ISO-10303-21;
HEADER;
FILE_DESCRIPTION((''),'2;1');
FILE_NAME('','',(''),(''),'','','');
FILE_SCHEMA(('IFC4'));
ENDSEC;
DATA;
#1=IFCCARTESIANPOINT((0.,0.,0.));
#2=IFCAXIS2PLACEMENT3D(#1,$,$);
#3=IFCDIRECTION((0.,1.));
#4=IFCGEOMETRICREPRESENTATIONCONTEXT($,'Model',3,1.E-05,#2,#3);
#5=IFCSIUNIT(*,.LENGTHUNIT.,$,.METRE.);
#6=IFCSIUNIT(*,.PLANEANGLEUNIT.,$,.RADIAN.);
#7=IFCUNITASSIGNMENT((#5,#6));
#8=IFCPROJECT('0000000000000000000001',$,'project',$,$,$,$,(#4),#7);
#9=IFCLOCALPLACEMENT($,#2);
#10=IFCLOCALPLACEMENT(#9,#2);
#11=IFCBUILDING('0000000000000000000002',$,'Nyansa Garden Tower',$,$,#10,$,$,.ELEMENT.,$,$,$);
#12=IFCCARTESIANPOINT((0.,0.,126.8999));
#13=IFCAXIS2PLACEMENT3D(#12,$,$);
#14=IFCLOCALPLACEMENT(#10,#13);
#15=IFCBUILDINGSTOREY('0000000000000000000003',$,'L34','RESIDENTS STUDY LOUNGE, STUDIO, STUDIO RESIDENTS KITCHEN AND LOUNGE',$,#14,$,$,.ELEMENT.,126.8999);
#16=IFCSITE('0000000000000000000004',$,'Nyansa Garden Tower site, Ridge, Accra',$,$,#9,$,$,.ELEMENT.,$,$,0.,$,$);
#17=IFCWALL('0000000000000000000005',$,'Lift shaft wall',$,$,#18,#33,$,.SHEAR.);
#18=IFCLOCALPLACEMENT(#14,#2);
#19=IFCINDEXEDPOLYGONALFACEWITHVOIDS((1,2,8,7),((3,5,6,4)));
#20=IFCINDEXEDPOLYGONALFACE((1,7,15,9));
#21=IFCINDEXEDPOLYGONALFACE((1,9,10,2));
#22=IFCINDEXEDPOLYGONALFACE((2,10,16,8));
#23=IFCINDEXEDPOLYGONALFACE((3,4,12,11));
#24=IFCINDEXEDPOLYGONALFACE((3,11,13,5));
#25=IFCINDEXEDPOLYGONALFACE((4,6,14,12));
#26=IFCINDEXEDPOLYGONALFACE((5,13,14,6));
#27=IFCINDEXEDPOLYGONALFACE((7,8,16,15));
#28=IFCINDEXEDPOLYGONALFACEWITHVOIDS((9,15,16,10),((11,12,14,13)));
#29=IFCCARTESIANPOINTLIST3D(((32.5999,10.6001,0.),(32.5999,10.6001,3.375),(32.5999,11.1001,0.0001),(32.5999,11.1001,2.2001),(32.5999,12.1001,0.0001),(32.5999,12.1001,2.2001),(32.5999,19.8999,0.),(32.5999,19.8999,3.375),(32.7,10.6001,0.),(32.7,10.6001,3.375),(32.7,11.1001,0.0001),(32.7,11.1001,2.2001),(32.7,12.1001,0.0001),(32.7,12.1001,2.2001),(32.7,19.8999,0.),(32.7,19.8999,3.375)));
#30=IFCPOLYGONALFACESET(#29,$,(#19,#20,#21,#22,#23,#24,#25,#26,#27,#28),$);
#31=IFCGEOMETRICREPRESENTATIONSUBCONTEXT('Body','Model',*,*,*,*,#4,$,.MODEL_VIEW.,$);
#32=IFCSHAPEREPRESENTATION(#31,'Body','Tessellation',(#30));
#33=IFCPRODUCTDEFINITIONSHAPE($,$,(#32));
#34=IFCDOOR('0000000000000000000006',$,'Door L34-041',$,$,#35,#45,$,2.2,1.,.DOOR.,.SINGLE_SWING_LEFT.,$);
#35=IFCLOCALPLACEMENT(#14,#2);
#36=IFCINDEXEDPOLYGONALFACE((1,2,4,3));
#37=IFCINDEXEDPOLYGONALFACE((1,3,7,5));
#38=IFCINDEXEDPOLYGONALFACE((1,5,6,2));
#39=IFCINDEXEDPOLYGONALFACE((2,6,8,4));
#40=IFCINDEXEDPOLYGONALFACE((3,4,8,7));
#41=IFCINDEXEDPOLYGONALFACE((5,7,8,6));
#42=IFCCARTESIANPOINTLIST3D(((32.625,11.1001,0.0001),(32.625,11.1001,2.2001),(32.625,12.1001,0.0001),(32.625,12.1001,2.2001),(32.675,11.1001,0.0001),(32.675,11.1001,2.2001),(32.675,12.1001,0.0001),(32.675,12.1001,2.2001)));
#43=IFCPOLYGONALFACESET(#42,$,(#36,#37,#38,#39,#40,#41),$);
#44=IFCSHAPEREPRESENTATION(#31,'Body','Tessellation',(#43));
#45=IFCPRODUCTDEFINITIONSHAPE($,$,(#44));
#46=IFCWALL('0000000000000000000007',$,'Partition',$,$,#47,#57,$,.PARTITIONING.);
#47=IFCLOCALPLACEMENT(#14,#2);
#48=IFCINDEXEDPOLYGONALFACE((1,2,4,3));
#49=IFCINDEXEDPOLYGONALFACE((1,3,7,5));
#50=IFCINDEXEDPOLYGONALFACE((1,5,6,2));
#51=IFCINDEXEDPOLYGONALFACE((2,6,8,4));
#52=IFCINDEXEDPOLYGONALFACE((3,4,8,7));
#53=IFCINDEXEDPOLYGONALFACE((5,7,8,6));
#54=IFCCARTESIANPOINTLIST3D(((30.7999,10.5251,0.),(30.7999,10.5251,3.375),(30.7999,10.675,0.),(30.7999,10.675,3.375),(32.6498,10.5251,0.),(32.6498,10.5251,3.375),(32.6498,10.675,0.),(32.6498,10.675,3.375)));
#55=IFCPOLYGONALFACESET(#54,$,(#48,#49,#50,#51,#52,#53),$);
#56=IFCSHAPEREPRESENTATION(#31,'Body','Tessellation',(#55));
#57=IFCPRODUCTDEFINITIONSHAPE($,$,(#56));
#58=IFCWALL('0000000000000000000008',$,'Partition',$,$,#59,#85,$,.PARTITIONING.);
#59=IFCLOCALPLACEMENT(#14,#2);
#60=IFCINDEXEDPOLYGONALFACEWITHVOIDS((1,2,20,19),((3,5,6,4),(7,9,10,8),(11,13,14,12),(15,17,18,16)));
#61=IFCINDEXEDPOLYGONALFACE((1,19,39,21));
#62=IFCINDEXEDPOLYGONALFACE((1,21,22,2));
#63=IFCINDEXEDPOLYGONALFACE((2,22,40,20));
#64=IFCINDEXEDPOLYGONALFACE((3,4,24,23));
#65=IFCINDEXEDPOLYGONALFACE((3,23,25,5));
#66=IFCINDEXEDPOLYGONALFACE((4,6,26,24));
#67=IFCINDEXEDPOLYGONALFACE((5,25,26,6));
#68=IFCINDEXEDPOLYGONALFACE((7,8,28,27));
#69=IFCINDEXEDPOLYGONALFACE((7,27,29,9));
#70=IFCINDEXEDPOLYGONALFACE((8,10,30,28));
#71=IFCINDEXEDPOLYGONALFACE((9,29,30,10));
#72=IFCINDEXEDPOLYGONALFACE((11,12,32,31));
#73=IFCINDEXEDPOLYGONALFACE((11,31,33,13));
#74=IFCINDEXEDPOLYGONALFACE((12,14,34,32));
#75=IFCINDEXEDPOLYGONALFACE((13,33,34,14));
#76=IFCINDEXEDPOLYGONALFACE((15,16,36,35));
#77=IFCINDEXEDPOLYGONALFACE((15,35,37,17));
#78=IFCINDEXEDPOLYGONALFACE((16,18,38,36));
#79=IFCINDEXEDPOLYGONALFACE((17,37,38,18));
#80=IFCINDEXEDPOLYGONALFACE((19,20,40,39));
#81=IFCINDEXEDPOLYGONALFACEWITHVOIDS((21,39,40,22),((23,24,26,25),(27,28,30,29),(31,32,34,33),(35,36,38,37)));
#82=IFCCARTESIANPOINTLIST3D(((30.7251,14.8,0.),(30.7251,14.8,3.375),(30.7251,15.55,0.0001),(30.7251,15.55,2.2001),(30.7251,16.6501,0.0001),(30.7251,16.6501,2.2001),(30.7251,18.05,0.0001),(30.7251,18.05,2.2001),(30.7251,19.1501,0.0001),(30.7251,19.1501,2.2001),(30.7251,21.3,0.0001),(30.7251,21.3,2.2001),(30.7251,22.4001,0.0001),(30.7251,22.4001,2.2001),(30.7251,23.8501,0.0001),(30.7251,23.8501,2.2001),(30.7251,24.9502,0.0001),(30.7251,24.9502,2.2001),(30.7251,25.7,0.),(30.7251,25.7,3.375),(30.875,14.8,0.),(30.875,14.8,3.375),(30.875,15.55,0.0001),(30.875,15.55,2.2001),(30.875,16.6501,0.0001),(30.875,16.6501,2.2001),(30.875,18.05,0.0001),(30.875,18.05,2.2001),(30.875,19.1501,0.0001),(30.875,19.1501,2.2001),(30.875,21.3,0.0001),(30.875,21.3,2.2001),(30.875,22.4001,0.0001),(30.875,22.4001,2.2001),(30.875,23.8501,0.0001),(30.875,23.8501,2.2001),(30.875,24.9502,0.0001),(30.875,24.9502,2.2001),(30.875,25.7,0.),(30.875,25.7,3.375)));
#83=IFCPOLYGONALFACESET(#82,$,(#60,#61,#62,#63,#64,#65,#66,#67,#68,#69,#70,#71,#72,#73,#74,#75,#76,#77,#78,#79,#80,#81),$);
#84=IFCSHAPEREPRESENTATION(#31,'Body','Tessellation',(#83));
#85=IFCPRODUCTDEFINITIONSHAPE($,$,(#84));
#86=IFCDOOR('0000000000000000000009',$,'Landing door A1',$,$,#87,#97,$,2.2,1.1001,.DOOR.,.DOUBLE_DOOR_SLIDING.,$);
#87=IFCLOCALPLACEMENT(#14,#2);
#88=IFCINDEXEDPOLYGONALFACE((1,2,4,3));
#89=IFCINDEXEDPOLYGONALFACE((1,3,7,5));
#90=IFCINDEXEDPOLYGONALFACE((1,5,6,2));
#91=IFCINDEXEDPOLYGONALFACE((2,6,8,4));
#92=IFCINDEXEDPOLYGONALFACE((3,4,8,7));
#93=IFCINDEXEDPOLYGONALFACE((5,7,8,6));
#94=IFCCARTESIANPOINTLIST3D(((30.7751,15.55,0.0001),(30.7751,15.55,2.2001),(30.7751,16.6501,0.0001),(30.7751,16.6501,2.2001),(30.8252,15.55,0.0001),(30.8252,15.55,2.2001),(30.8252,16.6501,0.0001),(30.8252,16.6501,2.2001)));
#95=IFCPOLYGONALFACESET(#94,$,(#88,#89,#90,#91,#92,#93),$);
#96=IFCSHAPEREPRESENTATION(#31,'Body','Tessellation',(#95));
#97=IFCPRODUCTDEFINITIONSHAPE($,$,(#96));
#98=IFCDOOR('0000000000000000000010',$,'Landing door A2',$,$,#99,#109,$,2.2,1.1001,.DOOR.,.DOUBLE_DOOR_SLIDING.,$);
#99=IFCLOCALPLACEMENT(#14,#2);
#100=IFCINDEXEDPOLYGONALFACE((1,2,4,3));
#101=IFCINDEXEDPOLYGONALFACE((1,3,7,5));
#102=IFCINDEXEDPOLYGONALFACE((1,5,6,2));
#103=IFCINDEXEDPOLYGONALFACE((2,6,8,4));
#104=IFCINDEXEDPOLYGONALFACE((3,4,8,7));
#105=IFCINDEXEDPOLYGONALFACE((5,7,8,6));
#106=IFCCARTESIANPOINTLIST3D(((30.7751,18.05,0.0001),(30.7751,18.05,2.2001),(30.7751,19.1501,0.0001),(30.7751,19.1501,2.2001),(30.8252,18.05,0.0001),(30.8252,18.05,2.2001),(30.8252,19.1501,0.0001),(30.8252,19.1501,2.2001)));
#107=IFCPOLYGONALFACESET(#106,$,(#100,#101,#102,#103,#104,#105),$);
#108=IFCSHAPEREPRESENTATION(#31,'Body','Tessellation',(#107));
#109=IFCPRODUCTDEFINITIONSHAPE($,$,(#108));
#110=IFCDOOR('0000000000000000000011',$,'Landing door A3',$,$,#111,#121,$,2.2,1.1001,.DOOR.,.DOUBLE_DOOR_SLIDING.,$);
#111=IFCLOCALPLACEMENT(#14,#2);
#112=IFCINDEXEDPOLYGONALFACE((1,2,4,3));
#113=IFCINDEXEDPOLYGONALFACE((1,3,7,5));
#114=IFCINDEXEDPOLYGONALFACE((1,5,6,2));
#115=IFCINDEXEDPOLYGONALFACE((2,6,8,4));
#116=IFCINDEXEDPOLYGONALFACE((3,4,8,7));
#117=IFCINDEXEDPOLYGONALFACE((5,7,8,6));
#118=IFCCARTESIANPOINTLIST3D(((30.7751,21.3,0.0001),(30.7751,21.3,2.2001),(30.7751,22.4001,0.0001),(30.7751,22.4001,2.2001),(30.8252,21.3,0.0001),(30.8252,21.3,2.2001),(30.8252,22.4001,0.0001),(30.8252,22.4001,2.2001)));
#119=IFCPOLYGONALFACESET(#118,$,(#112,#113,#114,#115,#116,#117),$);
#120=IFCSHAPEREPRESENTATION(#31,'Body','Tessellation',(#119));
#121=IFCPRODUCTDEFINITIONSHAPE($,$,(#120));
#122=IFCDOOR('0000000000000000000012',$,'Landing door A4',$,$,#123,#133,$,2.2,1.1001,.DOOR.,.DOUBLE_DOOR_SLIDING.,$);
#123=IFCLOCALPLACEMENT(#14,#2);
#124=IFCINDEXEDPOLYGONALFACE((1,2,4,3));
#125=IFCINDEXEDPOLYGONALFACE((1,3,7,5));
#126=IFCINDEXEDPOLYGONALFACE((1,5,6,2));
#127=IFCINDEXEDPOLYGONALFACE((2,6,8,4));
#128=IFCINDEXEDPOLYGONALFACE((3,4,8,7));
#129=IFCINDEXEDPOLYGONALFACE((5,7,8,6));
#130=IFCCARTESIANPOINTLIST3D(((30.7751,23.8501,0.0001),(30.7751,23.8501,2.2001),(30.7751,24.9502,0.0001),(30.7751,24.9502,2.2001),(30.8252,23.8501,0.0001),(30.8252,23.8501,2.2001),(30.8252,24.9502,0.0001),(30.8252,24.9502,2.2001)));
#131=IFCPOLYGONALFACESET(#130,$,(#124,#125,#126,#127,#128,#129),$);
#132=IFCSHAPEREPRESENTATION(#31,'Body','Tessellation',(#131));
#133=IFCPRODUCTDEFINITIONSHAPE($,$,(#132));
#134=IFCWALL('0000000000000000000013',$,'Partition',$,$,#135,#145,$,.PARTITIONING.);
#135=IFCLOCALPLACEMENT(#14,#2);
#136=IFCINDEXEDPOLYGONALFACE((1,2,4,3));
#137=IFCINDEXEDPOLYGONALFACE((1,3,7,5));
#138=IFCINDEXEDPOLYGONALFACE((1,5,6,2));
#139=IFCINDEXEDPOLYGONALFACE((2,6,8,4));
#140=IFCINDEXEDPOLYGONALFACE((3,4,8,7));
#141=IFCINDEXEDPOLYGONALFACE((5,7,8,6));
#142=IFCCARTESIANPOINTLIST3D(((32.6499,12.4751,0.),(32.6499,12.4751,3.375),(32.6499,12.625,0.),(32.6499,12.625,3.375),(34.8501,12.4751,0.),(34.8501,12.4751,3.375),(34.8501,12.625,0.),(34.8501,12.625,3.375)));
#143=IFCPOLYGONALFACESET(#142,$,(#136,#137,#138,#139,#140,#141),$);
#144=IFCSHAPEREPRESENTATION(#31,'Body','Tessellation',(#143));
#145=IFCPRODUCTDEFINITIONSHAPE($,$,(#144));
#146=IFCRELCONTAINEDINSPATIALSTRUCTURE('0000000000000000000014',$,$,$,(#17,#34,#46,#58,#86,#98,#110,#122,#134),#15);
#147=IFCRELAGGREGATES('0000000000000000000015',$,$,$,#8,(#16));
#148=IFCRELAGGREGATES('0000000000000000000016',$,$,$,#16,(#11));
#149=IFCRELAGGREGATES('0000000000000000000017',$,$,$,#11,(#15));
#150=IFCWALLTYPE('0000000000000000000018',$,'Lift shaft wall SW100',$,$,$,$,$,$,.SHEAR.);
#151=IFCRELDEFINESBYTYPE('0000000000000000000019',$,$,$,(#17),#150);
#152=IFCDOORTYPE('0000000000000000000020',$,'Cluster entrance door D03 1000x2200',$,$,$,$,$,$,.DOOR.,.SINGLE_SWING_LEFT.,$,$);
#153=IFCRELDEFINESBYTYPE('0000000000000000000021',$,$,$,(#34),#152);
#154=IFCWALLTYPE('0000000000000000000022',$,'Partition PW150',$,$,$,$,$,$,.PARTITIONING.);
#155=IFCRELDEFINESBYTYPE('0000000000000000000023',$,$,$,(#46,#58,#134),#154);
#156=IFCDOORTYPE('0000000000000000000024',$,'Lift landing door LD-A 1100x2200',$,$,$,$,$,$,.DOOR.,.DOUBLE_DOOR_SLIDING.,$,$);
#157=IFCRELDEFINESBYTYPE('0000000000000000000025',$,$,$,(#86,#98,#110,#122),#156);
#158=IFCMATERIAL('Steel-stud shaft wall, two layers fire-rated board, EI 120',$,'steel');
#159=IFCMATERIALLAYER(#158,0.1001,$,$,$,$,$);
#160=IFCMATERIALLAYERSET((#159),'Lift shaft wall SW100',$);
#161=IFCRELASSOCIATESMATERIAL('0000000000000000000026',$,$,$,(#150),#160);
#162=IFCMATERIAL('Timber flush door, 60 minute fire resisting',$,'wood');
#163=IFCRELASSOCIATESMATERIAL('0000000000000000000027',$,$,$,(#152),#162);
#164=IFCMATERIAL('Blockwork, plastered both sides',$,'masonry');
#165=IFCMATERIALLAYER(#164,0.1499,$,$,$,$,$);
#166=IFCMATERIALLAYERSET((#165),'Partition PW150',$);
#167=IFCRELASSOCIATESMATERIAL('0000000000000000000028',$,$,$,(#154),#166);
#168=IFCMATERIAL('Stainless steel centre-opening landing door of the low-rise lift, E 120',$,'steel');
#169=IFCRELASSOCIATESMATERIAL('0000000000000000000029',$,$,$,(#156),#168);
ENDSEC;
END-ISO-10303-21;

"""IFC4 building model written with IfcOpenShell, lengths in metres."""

from ifc_helpers import new_model, si_unit, direction, frame, frame_2d, origin, place, context, subcontext, project, spatial, rectangle, extrude, material, layer, layer_set, type_object, element, fill, save


model = new_model("IFC4")

# Units and contexts
model_context = context("Model", 3, precision=1e-05, world=origin(), true_north=direction((0.0, 1.0)))
body_context = subcontext(model_context, "Body", "Model", "MODEL_VIEW")
ifc_project = project(units=[si_unit("LENGTHUNIT", "METRE"), si_unit("PLANEANGLEUNIT", "RADIAN")], contexts=[model_context])

# Site, building, storey
site_placement = place(None, origin())
site = spatial("IfcSite", under=ifc_project, at=site_placement, Name="Nyansa Garden Tower site, Ridge, Accra", CompositionType="ELEMENT", RefElevation=0.0)
building_placement = place(site_placement, origin())
building = spatial("IfcBuilding", under=site, at=building_placement, Name="Nyansa Garden Tower", CompositionType="ELEMENT")
storey_placement = place(building_placement, frame((0.0, 0.0, 126.8999)))
storey = spatial("IfcBuildingStorey", under=building, at=storey_placement, Name="L34", Description="RESIDENTS STUDY LOUNGE, STUDIO, STUDIO RESIDENTS KITCHEN AND LOUNGE", CompositionType="ELEMENT", Elevation=126.8999)

# Shared definitions
ifc_material_1 = material(Name="Steel-stud shaft wall, two layers fire-rated board, EI 120", Category="steel")
ifc_layer_1 = layer(ifc_material_1, 0.1001)
ifc_layer_set_1 = layer_set([ifc_layer_1], Name="Lift shaft wall SW100")
wall_type_1 = type_object("IfcWallType", Name="Lift shaft wall SW100", PredefinedType="SHEAR", material=ifc_layer_set_1)

# Wall, opening, door
wall_1_placement = place(storey_placement, frame((32.6499, 10.6001, 0.0), z_axis=(0.0, 0.0, 1.0), x_axis=(0.0, 1.0, 0.0)))
wall_1 = element("IfcWall", 1, at=wall_1_placement, inside=storey, type_object=wall_type_1, Name="Lift shaft wall", PredefinedType="SHEAR", context=body_context, shape_type="SweptSolid", body=[
    extrude(rectangle(XDim=9.2998, YDim=0.1001, at=frame_2d((4.6499, 0.0))), origin(), (0.0, 0.0, 1.0), 3.375),
])
opening_1_placement = place(wall_1_placement, frame((0.5, 0.0, 0.0)))
opening_1 = element("IfcOpeningElement", 2, at=opening_1_placement, cuts=wall_1, PredefinedType="OPENING", context=body_context, shape_type="SweptSolid", body=[
    extrude(rectangle(XDim=1.0, YDim=2.2, at=frame_2d((0.5, 1.1001))), frame((0.0, 0.0601, 0.0), z_axis=(0.0, -1.0, 0.0), x_axis=(1.0, 0.0, 0.0)), (0.0, 0.0, 1.0), 0.1201),
])
ifc_material_2 = material(Name="Timber flush door, 60 minute fire resisting", Category="wood")
door_type_1 = type_object("IfcDoorType", Name="Cluster entrance door D03 1000x2200", OperationType="SINGLE_SWING_LEFT", PredefinedType="DOOR", material=ifc_material_2)
door_1_placement = place(opening_1_placement, origin())
door_1 = element("IfcDoor", 3, at=door_1_placement, inside=storey, type_object=door_type_1, Name="Door L34-041", OperationType="SINGLE_SWING_LEFT", OverallHeight=2.2, OverallWidth=1.0, PredefinedType="DOOR", context=body_context, shape_type="SweptSolid", body=[
    extrude(rectangle(XDim=1.0, YDim=2.2, at=frame_2d((0.5, 1.1001))), frame((0.0, 0.0249, 0.0), z_axis=(0.0, -1.0, 0.0), x_axis=(1.0, 0.0, 0.0)), (0.0, 0.0, 1.0), 0.05),
])
fill(opening_1, door_1)

# Wall
ifc_material_3 = material(Name="Blockwork, plastered both sides", Category="masonry")
ifc_layer_2 = layer(ifc_material_3, 0.1499)
ifc_layer_set_2 = layer_set([ifc_layer_2], Name="Partition PW150")
wall_type_2 = type_object("IfcWallType", Name="Partition PW150", PredefinedType="PARTITIONING", material=ifc_layer_set_2)
wall_2_placement = place(storey_placement, frame((30.8, 10.6001, 0.0), z_axis=(0.0, 0.0, 1.0), x_axis=(1.0, 0.0, 0.0)))
element("IfcWall", 4, at=wall_2_placement, inside=storey, type_object=wall_type_2, Name="Partition", PredefinedType="PARTITIONING", context=body_context, shape_type="SweptSolid", body=[
    extrude(rectangle(XDim=1.8499, YDim=0.1499, at=frame_2d((0.9248, 0.0))), origin(), (0.0, 0.0, 1.0), 3.375),
])

# Wall, openings, doors
wall_3_placement = place(storey_placement, frame((30.8, 14.8, 0.0), z_axis=(0.0, 0.0, 1.0), x_axis=(0.0, 1.0, 0.0)))
wall_3 = element("IfcWall", 5, at=wall_3_placement, inside=storey, type_object=wall_type_2, Name="Partition", PredefinedType="PARTITIONING", context=body_context, shape_type="SweptSolid", body=[
    extrude(rectangle(XDim=10.8999, YDim=0.1499, at=frame_2d((5.45, 0.0))), origin(), (0.0, 0.0, 1.0), 3.375),
])
opening_2_placement = place(wall_3_placement, frame((0.75, 0.0, 0.0)))
opening_2 = element("IfcOpeningElement", 6, at=opening_2_placement, cuts=wall_3, PredefinedType="OPENING", context=body_context, shape_type="SweptSolid", body=[
    extrude(rectangle(XDim=1.1001, YDim=2.2, at=frame_2d((0.55, 1.1001))), frame((0.0, 0.085, 0.0), z_axis=(0.0, -1.0, 0.0), x_axis=(1.0, 0.0, 0.0)), (0.0, 0.0, 1.0), 0.1699),
])
opening_3_placement = place(wall_3_placement, frame((3.25, 0.0, 0.0)))
opening_3 = element("IfcOpeningElement", 7, at=opening_3_placement, cuts=wall_3, PredefinedType="OPENING", context=body_context, shape_type="SweptSolid", body=[
    extrude(rectangle(XDim=1.1001, YDim=2.2, at=frame_2d((0.55, 1.1001))), frame((0.0, 0.085, 0.0), z_axis=(0.0, -1.0, 0.0), x_axis=(1.0, 0.0, 0.0)), (0.0, 0.0, 1.0), 0.1699),
])
opening_4_placement = place(wall_3_placement, frame((6.5, 0.0, 0.0)))
opening_4 = element("IfcOpeningElement", 8, at=opening_4_placement, cuts=wall_3, PredefinedType="OPENING", context=body_context, shape_type="SweptSolid", body=[
    extrude(rectangle(XDim=1.1001, YDim=2.2, at=frame_2d((0.55, 1.1001))), frame((0.0, 0.085, 0.0), z_axis=(0.0, -1.0, 0.0), x_axis=(1.0, 0.0, 0.0)), (0.0, 0.0, 1.0), 0.1699),
])
opening_5_placement = place(wall_3_placement, frame((9.05, 0.0, 0.0)))
opening_5 = element("IfcOpeningElement", 9, at=opening_5_placement, cuts=wall_3, PredefinedType="OPENING", context=body_context, shape_type="SweptSolid", body=[
    extrude(rectangle(XDim=1.1001, YDim=2.2, at=frame_2d((0.55, 1.1001))), frame((0.0, 0.085, 0.0), z_axis=(0.0, -1.0, 0.0), x_axis=(1.0, 0.0, 0.0)), (0.0, 0.0, 1.0), 0.1699),
])
ifc_material_4 = material(Name="Stainless steel centre-opening landing door of the low-rise lift, E 120", Category="steel")
door_type_2 = type_object("IfcDoorType", Name="Lift landing door LD-A 1100x2200", OperationType="DOUBLE_DOOR_SLIDING", PredefinedType="DOOR", material=ifc_material_4)
door_2_placement = place(opening_2_placement, origin())
door_2 = element("IfcDoor", 10, at=door_2_placement, inside=storey, type_object=door_type_2, Name="Landing door A1", OperationType="DOUBLE_DOOR_SLIDING", OverallHeight=2.2, OverallWidth=1.1001, PredefinedType="DOOR", context=body_context, shape_type="SweptSolid", body=[
    extrude(rectangle(XDim=1.1001, YDim=2.2, at=frame_2d((0.55, 1.1001))), frame((0.0, 0.0249, 0.0), z_axis=(0.0, -1.0, 0.0), x_axis=(1.0, 0.0, 0.0)), (0.0, 0.0, 1.0), 0.05),
])
fill(opening_2, door_2)
door_3_placement = place(opening_3_placement, origin())
door_3 = element("IfcDoor", 11, at=door_3_placement, inside=storey, type_object=door_type_2, Name="Landing door A2", OperationType="DOUBLE_DOOR_SLIDING", OverallHeight=2.2, OverallWidth=1.1001, PredefinedType="DOOR", context=body_context, shape_type="SweptSolid", body=[
    extrude(rectangle(XDim=1.1001, YDim=2.2, at=frame_2d((0.55, 1.1001))), frame((0.0, 0.0249, 0.0), z_axis=(0.0, -1.0, 0.0), x_axis=(1.0, 0.0, 0.0)), (0.0, 0.0, 1.0), 0.05),
])
fill(opening_3, door_3)
door_4_placement = place(opening_4_placement, origin())
door_4 = element("IfcDoor", 12, at=door_4_placement, inside=storey, type_object=door_type_2, Name="Landing door A3", OperationType="DOUBLE_DOOR_SLIDING", OverallHeight=2.2, OverallWidth=1.1001, PredefinedType="DOOR", context=body_context, shape_type="SweptSolid", body=[
    extrude(rectangle(XDim=1.1001, YDim=2.2, at=frame_2d((0.55, 1.1001))), frame((0.0, 0.0249, 0.0), z_axis=(0.0, -1.0, 0.0), x_axis=(1.0, 0.0, 0.0)), (0.0, 0.0, 1.0), 0.05),
])
fill(opening_4, door_4)
door_5_placement = place(opening_5_placement, origin())
door_5 = element("IfcDoor", 13, at=door_5_placement, inside=storey, type_object=door_type_2, Name="Landing door A4", OperationType="DOUBLE_DOOR_SLIDING", OverallHeight=2.2, OverallWidth=1.1001, PredefinedType="DOOR", context=body_context, shape_type="SweptSolid", body=[
    extrude(rectangle(XDim=1.1001, YDim=2.2, at=frame_2d((0.55, 1.1001))), frame((0.0, 0.0249, 0.0), z_axis=(0.0, -1.0, 0.0), x_axis=(1.0, 0.0, 0.0)), (0.0, 0.0, 1.0), 0.05),
])
fill(opening_5, door_5)

# Wall
wall_4_placement = place(storey_placement, frame((32.6499, 12.55, 0.0), z_axis=(0.0, 0.0, 1.0), x_axis=(1.0, 0.0, 0.0)))
element("IfcWall", 14, at=wall_4_placement, inside=storey, type_object=wall_type_2, Name="Partition", PredefinedType="PARTITIONING", context=body_context, shape_type="SweptSolid", body=[
    extrude(rectangle(XDim=2.2002, YDim=0.1499, at=frame_2d((1.1001, 0.0))), origin(), (0.0, 0.0, 1.0), 3.375),
])

save(model, "model.ifc")
